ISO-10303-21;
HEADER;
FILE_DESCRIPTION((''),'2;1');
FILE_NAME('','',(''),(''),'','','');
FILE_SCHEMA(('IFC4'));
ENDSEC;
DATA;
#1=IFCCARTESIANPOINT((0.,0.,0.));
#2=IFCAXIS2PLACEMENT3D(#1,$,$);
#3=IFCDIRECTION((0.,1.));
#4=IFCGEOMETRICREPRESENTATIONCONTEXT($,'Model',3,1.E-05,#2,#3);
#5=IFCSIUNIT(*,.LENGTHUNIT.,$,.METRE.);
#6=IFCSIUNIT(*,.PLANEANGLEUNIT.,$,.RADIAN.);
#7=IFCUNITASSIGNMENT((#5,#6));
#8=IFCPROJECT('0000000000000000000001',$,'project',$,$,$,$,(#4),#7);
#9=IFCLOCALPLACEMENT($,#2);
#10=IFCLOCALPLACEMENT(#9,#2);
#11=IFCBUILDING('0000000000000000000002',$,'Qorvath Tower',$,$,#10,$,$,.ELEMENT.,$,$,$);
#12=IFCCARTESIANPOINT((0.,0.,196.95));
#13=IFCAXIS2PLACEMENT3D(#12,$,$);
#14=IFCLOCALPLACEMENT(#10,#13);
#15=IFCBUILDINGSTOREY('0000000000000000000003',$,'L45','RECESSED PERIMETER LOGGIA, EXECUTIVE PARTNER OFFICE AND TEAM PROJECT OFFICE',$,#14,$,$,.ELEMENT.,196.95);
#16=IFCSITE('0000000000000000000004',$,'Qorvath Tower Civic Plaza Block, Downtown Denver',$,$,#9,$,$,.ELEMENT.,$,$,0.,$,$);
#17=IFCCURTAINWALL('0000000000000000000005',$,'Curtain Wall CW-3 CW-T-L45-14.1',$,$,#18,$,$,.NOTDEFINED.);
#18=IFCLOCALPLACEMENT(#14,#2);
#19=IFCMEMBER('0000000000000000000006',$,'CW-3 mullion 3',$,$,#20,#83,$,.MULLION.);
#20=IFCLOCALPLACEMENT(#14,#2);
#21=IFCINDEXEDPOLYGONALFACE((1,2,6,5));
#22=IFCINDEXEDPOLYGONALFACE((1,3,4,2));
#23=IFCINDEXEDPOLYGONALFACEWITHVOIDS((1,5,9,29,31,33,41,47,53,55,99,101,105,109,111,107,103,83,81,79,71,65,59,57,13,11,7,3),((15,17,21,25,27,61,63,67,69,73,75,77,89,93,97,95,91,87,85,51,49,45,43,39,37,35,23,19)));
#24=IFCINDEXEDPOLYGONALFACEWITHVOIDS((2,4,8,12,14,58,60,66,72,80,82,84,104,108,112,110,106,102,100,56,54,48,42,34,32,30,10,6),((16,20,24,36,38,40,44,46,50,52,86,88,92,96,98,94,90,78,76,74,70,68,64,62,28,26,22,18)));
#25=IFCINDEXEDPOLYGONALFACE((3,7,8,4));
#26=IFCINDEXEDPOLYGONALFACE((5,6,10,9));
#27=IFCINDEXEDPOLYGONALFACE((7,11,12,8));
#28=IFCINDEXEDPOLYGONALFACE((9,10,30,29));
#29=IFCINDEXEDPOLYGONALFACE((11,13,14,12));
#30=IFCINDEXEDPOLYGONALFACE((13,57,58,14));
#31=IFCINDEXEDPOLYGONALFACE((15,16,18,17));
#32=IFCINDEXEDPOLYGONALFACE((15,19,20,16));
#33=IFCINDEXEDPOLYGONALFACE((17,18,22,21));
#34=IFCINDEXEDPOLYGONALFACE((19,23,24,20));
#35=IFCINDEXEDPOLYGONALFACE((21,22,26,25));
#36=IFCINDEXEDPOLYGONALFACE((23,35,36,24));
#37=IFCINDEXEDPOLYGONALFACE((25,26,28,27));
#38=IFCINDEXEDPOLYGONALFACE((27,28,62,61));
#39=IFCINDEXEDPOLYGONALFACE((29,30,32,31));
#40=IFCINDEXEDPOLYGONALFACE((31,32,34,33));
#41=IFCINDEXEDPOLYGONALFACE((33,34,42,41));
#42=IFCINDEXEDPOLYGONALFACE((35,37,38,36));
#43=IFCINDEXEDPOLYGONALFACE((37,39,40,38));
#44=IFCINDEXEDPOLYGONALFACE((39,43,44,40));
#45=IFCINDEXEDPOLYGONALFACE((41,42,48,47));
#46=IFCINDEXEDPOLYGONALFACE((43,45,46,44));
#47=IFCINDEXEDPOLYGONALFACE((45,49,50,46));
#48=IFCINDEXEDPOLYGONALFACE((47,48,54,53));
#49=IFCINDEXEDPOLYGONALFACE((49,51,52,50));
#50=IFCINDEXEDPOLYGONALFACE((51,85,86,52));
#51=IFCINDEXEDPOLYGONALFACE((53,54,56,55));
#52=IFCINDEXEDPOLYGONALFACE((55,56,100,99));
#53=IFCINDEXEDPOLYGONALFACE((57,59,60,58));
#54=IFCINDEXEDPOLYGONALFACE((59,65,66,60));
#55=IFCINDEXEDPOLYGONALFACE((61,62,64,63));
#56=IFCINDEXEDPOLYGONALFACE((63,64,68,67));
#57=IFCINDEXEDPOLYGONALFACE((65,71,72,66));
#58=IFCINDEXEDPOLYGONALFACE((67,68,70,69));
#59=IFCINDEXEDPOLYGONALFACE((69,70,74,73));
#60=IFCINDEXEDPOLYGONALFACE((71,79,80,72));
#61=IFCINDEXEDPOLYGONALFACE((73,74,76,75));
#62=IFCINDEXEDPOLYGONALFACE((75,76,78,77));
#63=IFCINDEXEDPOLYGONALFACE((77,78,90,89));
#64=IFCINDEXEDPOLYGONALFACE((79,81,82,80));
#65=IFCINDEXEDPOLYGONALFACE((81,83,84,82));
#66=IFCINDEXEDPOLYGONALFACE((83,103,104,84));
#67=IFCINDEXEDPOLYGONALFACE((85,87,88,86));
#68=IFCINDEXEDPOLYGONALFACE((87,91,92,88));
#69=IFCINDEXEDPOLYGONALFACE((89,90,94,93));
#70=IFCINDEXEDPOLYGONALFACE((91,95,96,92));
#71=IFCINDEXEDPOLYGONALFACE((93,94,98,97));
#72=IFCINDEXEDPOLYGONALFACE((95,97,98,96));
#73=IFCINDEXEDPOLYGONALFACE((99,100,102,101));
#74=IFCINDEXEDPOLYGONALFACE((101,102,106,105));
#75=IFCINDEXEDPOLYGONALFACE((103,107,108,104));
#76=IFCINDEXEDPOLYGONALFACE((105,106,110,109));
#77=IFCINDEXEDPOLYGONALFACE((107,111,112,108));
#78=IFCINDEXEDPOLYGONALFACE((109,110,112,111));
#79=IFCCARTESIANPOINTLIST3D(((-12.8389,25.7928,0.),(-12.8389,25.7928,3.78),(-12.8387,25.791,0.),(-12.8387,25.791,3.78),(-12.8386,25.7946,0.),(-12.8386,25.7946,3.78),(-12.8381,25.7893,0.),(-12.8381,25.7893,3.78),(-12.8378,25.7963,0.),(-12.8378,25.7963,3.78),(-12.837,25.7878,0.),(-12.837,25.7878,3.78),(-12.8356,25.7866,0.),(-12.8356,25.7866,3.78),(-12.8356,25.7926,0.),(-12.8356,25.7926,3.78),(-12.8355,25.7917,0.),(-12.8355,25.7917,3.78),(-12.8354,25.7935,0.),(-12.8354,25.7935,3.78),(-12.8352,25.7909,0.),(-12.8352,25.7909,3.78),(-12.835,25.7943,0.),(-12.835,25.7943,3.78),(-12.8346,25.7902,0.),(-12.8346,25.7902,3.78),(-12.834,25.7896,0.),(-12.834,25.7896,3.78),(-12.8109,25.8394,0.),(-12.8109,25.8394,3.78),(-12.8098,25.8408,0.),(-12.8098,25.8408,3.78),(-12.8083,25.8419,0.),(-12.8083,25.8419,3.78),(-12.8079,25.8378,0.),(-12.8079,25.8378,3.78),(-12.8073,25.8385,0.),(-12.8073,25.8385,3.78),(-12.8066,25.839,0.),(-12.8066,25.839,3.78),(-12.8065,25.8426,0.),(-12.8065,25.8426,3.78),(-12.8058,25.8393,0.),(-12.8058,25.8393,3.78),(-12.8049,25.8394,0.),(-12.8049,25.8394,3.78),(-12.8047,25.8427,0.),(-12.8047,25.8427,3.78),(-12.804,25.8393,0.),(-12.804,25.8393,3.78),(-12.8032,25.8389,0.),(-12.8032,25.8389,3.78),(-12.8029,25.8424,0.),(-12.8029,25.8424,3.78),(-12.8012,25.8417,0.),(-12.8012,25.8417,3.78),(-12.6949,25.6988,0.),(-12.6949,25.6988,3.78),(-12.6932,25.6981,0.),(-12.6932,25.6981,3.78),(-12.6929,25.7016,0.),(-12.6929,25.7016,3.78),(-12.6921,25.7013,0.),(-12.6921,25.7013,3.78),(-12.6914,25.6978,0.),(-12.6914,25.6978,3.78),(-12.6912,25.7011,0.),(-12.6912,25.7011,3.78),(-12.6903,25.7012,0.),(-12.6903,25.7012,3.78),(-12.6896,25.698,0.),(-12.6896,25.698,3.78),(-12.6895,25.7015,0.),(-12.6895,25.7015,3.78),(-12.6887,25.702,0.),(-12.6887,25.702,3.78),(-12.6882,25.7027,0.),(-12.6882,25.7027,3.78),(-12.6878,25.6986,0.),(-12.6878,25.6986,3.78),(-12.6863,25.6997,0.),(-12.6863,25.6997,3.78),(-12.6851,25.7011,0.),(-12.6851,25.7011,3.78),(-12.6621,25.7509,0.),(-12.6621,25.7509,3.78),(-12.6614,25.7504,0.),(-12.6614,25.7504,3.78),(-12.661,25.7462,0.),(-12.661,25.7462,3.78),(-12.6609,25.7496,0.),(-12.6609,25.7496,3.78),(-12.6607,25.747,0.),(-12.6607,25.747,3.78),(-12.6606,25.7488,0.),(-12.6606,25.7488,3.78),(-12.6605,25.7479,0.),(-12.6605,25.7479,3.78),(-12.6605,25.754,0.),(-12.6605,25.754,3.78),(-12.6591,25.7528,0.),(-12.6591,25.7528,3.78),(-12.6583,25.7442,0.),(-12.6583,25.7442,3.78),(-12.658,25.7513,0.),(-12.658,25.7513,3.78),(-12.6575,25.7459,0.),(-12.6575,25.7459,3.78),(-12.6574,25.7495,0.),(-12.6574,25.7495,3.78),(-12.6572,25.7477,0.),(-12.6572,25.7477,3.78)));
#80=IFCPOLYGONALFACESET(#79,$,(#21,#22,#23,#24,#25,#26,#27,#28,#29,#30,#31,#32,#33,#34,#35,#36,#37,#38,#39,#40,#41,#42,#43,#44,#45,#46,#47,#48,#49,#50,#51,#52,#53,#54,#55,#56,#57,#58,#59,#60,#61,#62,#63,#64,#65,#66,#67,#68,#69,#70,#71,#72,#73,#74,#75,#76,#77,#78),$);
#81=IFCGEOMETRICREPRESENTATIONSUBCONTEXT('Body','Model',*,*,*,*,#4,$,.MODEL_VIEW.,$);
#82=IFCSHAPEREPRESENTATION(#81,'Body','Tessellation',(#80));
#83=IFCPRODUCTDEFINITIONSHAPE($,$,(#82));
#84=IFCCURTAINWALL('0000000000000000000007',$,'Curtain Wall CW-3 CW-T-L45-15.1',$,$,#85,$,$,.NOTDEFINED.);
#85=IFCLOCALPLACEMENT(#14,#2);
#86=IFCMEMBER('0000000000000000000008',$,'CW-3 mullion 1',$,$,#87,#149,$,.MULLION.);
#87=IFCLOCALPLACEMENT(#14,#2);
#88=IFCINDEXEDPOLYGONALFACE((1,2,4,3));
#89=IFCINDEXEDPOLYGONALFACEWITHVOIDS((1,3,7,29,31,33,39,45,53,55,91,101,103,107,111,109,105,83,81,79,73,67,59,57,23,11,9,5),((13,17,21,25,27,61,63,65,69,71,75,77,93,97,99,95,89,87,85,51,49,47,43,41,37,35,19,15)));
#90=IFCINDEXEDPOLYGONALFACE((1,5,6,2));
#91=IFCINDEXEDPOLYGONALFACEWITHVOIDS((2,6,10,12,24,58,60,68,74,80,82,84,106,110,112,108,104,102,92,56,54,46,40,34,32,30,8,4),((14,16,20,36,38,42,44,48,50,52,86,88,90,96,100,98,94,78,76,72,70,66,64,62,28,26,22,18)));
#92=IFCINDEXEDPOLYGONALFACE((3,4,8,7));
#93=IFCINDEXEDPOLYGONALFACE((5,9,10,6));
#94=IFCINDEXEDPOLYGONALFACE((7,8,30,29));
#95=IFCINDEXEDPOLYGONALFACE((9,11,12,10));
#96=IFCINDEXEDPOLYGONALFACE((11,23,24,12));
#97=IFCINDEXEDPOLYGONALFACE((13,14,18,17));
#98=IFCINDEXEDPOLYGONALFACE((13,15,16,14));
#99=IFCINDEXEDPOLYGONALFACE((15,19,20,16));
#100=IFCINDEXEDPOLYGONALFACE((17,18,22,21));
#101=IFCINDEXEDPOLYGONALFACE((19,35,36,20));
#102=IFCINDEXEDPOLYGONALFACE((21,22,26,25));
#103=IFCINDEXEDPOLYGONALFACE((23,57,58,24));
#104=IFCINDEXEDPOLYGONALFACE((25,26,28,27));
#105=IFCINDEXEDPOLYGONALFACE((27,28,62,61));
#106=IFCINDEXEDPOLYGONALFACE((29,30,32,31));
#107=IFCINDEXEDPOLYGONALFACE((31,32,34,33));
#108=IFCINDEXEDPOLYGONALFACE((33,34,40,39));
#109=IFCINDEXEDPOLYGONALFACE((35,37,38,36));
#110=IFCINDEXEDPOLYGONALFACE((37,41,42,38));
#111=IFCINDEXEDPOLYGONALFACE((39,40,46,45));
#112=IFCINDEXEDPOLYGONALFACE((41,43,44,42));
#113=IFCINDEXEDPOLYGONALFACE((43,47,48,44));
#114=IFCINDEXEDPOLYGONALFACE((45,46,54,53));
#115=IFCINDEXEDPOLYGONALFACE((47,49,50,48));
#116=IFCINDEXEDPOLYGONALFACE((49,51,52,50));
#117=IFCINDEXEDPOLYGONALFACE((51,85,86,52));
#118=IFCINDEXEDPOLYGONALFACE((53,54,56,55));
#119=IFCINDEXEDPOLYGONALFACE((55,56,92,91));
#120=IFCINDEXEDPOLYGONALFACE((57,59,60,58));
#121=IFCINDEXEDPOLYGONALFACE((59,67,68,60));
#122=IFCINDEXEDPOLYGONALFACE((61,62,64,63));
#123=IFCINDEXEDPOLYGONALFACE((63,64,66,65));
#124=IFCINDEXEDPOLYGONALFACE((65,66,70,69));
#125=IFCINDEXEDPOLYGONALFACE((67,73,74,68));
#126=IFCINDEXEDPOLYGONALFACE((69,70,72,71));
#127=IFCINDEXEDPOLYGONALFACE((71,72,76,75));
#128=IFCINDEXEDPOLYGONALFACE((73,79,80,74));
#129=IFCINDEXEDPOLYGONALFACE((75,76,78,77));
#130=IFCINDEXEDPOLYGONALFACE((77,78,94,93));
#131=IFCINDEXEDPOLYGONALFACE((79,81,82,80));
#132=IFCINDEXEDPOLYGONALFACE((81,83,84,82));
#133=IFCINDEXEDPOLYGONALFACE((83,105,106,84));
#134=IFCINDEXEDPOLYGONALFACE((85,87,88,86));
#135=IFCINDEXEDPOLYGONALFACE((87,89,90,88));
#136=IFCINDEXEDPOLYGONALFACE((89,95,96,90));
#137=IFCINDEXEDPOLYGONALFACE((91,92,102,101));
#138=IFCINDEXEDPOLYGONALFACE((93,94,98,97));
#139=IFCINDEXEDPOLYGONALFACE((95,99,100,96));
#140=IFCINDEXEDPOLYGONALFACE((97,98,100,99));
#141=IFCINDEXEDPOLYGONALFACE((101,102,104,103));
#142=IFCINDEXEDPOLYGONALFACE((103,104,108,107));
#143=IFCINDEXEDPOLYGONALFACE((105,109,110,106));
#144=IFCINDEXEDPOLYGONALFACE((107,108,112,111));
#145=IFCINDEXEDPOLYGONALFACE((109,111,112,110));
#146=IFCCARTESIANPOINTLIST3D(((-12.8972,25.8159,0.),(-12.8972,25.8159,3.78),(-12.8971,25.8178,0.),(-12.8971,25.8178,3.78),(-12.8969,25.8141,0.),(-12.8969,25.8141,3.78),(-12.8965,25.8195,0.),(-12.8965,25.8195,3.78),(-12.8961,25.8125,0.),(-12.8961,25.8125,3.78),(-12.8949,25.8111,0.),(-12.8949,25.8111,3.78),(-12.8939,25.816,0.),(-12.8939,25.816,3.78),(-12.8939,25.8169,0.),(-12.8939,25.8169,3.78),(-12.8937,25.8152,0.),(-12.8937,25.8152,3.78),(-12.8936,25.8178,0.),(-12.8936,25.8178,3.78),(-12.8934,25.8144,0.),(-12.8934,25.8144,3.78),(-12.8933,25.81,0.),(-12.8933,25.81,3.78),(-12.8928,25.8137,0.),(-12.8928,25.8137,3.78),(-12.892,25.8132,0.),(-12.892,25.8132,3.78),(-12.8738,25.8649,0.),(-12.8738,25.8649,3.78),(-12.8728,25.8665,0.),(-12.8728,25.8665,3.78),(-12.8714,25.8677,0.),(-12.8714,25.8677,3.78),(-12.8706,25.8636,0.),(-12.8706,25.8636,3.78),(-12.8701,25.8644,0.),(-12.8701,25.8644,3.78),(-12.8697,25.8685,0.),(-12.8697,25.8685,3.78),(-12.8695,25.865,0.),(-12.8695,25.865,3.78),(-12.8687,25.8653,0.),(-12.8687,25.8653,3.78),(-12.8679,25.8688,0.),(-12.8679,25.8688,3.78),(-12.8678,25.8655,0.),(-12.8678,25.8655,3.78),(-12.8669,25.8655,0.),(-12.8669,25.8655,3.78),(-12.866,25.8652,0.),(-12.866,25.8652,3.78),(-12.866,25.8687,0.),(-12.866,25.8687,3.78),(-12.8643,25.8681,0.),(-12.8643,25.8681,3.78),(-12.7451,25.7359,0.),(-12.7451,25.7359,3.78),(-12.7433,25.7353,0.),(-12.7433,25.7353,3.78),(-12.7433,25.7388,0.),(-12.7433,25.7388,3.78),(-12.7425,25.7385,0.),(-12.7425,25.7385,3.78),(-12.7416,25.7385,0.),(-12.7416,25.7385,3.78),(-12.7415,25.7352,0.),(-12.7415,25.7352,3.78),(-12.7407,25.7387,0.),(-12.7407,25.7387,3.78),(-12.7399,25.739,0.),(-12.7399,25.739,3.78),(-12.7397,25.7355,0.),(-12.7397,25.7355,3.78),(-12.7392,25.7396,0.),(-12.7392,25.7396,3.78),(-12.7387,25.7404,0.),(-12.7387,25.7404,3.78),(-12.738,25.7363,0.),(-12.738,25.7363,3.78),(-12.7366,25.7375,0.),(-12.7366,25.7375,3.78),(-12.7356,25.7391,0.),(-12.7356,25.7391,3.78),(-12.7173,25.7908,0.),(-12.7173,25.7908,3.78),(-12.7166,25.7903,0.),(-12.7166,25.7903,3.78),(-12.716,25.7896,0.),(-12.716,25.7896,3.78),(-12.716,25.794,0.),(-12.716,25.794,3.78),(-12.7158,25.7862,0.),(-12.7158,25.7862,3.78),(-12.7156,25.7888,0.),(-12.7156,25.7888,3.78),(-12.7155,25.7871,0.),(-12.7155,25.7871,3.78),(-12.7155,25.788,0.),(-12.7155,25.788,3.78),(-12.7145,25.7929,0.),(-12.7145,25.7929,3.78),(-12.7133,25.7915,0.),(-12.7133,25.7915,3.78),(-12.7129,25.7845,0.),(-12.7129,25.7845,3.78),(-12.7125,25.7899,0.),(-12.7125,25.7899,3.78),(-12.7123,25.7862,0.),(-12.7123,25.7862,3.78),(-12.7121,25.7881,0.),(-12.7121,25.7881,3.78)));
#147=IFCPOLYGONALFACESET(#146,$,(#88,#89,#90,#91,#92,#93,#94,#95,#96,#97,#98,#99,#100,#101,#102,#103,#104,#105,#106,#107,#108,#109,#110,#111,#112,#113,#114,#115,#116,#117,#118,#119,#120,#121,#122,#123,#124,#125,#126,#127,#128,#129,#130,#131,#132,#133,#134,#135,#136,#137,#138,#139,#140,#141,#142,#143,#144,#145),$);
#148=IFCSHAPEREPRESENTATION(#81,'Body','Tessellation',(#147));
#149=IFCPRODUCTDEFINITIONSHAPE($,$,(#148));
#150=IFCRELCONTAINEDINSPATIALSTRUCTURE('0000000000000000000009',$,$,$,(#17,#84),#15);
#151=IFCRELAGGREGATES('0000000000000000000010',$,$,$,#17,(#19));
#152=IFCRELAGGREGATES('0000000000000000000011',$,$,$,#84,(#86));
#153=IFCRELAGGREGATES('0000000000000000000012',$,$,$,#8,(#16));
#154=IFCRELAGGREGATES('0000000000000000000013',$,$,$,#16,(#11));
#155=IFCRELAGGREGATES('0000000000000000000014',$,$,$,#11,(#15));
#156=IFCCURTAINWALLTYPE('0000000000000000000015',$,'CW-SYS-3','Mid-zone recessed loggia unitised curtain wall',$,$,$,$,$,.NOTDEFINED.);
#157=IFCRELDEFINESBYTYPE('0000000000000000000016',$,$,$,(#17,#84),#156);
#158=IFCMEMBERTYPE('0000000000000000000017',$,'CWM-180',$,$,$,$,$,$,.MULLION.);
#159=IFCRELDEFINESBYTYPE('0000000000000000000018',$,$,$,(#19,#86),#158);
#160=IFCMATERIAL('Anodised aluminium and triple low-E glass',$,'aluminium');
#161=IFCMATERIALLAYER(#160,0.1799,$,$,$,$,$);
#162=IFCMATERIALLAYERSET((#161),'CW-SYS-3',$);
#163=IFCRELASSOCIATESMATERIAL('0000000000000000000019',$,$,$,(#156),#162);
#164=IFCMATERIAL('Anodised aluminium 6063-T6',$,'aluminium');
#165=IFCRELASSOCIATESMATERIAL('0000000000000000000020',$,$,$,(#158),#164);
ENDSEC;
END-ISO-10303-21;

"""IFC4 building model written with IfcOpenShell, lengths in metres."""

from ifc_helpers import new_model, si_unit, direction, frame, origin, origin_2d, place, context, subcontext, project, spatial, hollow_rectangle, extrude, material, layer, layer_set, material_profile, profile_set, type_object, element, aggregate, save


model = new_model("IFC4")

# Units and contexts
model_context = context("Model", 3, precision=1e-05, world=origin(), true_north=direction((0.0, 1.0)))
body_context = subcontext(model_context, "Body", "Model", "MODEL_VIEW")
ifc_project = project(units=[si_unit("LENGTHUNIT", "METRE"), si_unit("PLANEANGLEUNIT", "RADIAN")], contexts=[model_context])

# Site, building, storey
site_placement = place(None, origin())
site = spatial("IfcSite", under=ifc_project, at=site_placement, Name="Qorvath Tower Civic Plaza Block, Downtown Denver", CompositionType="ELEMENT", RefElevation=0.0)
building_placement = place(site_placement, origin())
building = spatial("IfcBuilding", under=site, at=building_placement, Name="Qorvath Tower", CompositionType="ELEMENT")
storey_placement = place(building_placement, frame((0.0, 0.0, 196.95)))
storey = spatial("IfcBuildingStorey", under=building, at=storey_placement, Name="L45", Description="RECESSED PERIMETER LOGGIA, EXECUTIVE PARTNER OFFICE AND TEAM PROJECT OFFICE", CompositionType="ELEMENT", Elevation=196.95)

# Shared definitions
ifc_material_1 = material(Name="Anodised aluminium and triple low-E glass", Category="aluminium")
ifc_layer_1 = layer(ifc_material_1, 0.1799)
ifc_layer_set_1 = layer_set([ifc_layer_1], Name="CW-SYS-3")
curtain_wall_type = type_object("IfcCurtainWallType", Name="CW-SYS-3", Description="Mid-zone recessed loggia unitised curtain wall", PredefinedType="NOTDEFINED", material=ifc_layer_set_1)
ifc_material_2 = material(Name="Anodised aluminium 6063-T6", Category="aluminium")
ifc_material_profile_1 = material_profile(ifc_material_2, hollow_rectangle(XDim=0.0649, YDim=0.1799, WallThickness=0.0034, InnerFilletRadius=0.0034, OuterFilletRadius=0.0071, at=origin_2d()), Name="CWM 180x65")
ifc_profile_set_1 = profile_set([ifc_material_profile_1], Name="Anodised aluminium 6063-T6")
member_type_1 = type_object("IfcMemberType", Name="CWM-180", PredefinedType="MULLION", material=ifc_profile_set_1)

# Curtain walls, members
curtain_wall_1_placement = place(storey_placement, origin())
curtain_wall_1 = element("IfcCurtainWall", 1, at=curtain_wall_1_placement, inside=storey, type_object=curtain_wall_type, Name="Curtain Wall CW-3 CW-T-L45-14.1", PredefinedType="NOTDEFINED")
member_1_placement = place(storey_placement, frame((-12.748, 25.7703, 0.0), z_axis=(0.0, 0.0, 1.0), x_axis=(-0.529206, -0.848493, 0.0)))
member_1 = element("IfcMember", 2, at=member_1_placement, type_object=member_type_1, Name="CW-3 mullion 3", PredefinedType="MULLION", context=body_context, shape_type="SweptSolid", body=[
    extrude(hollow_rectangle(XDim=0.0649, YDim=0.1799, WallThickness=0.0034, InnerFilletRadius=0.0034, OuterFilletRadius=0.0071, at=origin_2d()), origin(), (0.0, 0.0, 1.0), 3.78),
])
curtain_wall_2_placement = place(storey_placement, origin())
curtain_wall_2 = element("IfcCurtainWall", 3, at=curtain_wall_2_placement, inside=storey, type_object=curtain_wall_type, Name="Curtain Wall CW-3 CW-T-L45-15.1", PredefinedType="NOTDEFINED")
member_2_placement = place(storey_placement, frame((-12.8047, 25.802, 0.0), z_axis=(0.0, 0.0, 1.0), x_axis=(-0.447205, -0.894432, 0.0)))
member_2 = element("IfcMember", 4, at=member_2_placement, type_object=member_type_1, Name="CW-3 mullion 1", PredefinedType="MULLION", context=body_context, shape_type="SweptSolid", body=[
    extrude(hollow_rectangle(XDim=0.0649, YDim=0.1799, WallThickness=0.0034, InnerFilletRadius=0.0034, OuterFilletRadius=0.0071, at=origin_2d()), origin(), (0.0, 0.0, 1.0), 3.78),
])

aggregate(curtain_wall_1, [member_1])
aggregate(curtain_wall_2, [member_2])

save(model, "model.ifc")
